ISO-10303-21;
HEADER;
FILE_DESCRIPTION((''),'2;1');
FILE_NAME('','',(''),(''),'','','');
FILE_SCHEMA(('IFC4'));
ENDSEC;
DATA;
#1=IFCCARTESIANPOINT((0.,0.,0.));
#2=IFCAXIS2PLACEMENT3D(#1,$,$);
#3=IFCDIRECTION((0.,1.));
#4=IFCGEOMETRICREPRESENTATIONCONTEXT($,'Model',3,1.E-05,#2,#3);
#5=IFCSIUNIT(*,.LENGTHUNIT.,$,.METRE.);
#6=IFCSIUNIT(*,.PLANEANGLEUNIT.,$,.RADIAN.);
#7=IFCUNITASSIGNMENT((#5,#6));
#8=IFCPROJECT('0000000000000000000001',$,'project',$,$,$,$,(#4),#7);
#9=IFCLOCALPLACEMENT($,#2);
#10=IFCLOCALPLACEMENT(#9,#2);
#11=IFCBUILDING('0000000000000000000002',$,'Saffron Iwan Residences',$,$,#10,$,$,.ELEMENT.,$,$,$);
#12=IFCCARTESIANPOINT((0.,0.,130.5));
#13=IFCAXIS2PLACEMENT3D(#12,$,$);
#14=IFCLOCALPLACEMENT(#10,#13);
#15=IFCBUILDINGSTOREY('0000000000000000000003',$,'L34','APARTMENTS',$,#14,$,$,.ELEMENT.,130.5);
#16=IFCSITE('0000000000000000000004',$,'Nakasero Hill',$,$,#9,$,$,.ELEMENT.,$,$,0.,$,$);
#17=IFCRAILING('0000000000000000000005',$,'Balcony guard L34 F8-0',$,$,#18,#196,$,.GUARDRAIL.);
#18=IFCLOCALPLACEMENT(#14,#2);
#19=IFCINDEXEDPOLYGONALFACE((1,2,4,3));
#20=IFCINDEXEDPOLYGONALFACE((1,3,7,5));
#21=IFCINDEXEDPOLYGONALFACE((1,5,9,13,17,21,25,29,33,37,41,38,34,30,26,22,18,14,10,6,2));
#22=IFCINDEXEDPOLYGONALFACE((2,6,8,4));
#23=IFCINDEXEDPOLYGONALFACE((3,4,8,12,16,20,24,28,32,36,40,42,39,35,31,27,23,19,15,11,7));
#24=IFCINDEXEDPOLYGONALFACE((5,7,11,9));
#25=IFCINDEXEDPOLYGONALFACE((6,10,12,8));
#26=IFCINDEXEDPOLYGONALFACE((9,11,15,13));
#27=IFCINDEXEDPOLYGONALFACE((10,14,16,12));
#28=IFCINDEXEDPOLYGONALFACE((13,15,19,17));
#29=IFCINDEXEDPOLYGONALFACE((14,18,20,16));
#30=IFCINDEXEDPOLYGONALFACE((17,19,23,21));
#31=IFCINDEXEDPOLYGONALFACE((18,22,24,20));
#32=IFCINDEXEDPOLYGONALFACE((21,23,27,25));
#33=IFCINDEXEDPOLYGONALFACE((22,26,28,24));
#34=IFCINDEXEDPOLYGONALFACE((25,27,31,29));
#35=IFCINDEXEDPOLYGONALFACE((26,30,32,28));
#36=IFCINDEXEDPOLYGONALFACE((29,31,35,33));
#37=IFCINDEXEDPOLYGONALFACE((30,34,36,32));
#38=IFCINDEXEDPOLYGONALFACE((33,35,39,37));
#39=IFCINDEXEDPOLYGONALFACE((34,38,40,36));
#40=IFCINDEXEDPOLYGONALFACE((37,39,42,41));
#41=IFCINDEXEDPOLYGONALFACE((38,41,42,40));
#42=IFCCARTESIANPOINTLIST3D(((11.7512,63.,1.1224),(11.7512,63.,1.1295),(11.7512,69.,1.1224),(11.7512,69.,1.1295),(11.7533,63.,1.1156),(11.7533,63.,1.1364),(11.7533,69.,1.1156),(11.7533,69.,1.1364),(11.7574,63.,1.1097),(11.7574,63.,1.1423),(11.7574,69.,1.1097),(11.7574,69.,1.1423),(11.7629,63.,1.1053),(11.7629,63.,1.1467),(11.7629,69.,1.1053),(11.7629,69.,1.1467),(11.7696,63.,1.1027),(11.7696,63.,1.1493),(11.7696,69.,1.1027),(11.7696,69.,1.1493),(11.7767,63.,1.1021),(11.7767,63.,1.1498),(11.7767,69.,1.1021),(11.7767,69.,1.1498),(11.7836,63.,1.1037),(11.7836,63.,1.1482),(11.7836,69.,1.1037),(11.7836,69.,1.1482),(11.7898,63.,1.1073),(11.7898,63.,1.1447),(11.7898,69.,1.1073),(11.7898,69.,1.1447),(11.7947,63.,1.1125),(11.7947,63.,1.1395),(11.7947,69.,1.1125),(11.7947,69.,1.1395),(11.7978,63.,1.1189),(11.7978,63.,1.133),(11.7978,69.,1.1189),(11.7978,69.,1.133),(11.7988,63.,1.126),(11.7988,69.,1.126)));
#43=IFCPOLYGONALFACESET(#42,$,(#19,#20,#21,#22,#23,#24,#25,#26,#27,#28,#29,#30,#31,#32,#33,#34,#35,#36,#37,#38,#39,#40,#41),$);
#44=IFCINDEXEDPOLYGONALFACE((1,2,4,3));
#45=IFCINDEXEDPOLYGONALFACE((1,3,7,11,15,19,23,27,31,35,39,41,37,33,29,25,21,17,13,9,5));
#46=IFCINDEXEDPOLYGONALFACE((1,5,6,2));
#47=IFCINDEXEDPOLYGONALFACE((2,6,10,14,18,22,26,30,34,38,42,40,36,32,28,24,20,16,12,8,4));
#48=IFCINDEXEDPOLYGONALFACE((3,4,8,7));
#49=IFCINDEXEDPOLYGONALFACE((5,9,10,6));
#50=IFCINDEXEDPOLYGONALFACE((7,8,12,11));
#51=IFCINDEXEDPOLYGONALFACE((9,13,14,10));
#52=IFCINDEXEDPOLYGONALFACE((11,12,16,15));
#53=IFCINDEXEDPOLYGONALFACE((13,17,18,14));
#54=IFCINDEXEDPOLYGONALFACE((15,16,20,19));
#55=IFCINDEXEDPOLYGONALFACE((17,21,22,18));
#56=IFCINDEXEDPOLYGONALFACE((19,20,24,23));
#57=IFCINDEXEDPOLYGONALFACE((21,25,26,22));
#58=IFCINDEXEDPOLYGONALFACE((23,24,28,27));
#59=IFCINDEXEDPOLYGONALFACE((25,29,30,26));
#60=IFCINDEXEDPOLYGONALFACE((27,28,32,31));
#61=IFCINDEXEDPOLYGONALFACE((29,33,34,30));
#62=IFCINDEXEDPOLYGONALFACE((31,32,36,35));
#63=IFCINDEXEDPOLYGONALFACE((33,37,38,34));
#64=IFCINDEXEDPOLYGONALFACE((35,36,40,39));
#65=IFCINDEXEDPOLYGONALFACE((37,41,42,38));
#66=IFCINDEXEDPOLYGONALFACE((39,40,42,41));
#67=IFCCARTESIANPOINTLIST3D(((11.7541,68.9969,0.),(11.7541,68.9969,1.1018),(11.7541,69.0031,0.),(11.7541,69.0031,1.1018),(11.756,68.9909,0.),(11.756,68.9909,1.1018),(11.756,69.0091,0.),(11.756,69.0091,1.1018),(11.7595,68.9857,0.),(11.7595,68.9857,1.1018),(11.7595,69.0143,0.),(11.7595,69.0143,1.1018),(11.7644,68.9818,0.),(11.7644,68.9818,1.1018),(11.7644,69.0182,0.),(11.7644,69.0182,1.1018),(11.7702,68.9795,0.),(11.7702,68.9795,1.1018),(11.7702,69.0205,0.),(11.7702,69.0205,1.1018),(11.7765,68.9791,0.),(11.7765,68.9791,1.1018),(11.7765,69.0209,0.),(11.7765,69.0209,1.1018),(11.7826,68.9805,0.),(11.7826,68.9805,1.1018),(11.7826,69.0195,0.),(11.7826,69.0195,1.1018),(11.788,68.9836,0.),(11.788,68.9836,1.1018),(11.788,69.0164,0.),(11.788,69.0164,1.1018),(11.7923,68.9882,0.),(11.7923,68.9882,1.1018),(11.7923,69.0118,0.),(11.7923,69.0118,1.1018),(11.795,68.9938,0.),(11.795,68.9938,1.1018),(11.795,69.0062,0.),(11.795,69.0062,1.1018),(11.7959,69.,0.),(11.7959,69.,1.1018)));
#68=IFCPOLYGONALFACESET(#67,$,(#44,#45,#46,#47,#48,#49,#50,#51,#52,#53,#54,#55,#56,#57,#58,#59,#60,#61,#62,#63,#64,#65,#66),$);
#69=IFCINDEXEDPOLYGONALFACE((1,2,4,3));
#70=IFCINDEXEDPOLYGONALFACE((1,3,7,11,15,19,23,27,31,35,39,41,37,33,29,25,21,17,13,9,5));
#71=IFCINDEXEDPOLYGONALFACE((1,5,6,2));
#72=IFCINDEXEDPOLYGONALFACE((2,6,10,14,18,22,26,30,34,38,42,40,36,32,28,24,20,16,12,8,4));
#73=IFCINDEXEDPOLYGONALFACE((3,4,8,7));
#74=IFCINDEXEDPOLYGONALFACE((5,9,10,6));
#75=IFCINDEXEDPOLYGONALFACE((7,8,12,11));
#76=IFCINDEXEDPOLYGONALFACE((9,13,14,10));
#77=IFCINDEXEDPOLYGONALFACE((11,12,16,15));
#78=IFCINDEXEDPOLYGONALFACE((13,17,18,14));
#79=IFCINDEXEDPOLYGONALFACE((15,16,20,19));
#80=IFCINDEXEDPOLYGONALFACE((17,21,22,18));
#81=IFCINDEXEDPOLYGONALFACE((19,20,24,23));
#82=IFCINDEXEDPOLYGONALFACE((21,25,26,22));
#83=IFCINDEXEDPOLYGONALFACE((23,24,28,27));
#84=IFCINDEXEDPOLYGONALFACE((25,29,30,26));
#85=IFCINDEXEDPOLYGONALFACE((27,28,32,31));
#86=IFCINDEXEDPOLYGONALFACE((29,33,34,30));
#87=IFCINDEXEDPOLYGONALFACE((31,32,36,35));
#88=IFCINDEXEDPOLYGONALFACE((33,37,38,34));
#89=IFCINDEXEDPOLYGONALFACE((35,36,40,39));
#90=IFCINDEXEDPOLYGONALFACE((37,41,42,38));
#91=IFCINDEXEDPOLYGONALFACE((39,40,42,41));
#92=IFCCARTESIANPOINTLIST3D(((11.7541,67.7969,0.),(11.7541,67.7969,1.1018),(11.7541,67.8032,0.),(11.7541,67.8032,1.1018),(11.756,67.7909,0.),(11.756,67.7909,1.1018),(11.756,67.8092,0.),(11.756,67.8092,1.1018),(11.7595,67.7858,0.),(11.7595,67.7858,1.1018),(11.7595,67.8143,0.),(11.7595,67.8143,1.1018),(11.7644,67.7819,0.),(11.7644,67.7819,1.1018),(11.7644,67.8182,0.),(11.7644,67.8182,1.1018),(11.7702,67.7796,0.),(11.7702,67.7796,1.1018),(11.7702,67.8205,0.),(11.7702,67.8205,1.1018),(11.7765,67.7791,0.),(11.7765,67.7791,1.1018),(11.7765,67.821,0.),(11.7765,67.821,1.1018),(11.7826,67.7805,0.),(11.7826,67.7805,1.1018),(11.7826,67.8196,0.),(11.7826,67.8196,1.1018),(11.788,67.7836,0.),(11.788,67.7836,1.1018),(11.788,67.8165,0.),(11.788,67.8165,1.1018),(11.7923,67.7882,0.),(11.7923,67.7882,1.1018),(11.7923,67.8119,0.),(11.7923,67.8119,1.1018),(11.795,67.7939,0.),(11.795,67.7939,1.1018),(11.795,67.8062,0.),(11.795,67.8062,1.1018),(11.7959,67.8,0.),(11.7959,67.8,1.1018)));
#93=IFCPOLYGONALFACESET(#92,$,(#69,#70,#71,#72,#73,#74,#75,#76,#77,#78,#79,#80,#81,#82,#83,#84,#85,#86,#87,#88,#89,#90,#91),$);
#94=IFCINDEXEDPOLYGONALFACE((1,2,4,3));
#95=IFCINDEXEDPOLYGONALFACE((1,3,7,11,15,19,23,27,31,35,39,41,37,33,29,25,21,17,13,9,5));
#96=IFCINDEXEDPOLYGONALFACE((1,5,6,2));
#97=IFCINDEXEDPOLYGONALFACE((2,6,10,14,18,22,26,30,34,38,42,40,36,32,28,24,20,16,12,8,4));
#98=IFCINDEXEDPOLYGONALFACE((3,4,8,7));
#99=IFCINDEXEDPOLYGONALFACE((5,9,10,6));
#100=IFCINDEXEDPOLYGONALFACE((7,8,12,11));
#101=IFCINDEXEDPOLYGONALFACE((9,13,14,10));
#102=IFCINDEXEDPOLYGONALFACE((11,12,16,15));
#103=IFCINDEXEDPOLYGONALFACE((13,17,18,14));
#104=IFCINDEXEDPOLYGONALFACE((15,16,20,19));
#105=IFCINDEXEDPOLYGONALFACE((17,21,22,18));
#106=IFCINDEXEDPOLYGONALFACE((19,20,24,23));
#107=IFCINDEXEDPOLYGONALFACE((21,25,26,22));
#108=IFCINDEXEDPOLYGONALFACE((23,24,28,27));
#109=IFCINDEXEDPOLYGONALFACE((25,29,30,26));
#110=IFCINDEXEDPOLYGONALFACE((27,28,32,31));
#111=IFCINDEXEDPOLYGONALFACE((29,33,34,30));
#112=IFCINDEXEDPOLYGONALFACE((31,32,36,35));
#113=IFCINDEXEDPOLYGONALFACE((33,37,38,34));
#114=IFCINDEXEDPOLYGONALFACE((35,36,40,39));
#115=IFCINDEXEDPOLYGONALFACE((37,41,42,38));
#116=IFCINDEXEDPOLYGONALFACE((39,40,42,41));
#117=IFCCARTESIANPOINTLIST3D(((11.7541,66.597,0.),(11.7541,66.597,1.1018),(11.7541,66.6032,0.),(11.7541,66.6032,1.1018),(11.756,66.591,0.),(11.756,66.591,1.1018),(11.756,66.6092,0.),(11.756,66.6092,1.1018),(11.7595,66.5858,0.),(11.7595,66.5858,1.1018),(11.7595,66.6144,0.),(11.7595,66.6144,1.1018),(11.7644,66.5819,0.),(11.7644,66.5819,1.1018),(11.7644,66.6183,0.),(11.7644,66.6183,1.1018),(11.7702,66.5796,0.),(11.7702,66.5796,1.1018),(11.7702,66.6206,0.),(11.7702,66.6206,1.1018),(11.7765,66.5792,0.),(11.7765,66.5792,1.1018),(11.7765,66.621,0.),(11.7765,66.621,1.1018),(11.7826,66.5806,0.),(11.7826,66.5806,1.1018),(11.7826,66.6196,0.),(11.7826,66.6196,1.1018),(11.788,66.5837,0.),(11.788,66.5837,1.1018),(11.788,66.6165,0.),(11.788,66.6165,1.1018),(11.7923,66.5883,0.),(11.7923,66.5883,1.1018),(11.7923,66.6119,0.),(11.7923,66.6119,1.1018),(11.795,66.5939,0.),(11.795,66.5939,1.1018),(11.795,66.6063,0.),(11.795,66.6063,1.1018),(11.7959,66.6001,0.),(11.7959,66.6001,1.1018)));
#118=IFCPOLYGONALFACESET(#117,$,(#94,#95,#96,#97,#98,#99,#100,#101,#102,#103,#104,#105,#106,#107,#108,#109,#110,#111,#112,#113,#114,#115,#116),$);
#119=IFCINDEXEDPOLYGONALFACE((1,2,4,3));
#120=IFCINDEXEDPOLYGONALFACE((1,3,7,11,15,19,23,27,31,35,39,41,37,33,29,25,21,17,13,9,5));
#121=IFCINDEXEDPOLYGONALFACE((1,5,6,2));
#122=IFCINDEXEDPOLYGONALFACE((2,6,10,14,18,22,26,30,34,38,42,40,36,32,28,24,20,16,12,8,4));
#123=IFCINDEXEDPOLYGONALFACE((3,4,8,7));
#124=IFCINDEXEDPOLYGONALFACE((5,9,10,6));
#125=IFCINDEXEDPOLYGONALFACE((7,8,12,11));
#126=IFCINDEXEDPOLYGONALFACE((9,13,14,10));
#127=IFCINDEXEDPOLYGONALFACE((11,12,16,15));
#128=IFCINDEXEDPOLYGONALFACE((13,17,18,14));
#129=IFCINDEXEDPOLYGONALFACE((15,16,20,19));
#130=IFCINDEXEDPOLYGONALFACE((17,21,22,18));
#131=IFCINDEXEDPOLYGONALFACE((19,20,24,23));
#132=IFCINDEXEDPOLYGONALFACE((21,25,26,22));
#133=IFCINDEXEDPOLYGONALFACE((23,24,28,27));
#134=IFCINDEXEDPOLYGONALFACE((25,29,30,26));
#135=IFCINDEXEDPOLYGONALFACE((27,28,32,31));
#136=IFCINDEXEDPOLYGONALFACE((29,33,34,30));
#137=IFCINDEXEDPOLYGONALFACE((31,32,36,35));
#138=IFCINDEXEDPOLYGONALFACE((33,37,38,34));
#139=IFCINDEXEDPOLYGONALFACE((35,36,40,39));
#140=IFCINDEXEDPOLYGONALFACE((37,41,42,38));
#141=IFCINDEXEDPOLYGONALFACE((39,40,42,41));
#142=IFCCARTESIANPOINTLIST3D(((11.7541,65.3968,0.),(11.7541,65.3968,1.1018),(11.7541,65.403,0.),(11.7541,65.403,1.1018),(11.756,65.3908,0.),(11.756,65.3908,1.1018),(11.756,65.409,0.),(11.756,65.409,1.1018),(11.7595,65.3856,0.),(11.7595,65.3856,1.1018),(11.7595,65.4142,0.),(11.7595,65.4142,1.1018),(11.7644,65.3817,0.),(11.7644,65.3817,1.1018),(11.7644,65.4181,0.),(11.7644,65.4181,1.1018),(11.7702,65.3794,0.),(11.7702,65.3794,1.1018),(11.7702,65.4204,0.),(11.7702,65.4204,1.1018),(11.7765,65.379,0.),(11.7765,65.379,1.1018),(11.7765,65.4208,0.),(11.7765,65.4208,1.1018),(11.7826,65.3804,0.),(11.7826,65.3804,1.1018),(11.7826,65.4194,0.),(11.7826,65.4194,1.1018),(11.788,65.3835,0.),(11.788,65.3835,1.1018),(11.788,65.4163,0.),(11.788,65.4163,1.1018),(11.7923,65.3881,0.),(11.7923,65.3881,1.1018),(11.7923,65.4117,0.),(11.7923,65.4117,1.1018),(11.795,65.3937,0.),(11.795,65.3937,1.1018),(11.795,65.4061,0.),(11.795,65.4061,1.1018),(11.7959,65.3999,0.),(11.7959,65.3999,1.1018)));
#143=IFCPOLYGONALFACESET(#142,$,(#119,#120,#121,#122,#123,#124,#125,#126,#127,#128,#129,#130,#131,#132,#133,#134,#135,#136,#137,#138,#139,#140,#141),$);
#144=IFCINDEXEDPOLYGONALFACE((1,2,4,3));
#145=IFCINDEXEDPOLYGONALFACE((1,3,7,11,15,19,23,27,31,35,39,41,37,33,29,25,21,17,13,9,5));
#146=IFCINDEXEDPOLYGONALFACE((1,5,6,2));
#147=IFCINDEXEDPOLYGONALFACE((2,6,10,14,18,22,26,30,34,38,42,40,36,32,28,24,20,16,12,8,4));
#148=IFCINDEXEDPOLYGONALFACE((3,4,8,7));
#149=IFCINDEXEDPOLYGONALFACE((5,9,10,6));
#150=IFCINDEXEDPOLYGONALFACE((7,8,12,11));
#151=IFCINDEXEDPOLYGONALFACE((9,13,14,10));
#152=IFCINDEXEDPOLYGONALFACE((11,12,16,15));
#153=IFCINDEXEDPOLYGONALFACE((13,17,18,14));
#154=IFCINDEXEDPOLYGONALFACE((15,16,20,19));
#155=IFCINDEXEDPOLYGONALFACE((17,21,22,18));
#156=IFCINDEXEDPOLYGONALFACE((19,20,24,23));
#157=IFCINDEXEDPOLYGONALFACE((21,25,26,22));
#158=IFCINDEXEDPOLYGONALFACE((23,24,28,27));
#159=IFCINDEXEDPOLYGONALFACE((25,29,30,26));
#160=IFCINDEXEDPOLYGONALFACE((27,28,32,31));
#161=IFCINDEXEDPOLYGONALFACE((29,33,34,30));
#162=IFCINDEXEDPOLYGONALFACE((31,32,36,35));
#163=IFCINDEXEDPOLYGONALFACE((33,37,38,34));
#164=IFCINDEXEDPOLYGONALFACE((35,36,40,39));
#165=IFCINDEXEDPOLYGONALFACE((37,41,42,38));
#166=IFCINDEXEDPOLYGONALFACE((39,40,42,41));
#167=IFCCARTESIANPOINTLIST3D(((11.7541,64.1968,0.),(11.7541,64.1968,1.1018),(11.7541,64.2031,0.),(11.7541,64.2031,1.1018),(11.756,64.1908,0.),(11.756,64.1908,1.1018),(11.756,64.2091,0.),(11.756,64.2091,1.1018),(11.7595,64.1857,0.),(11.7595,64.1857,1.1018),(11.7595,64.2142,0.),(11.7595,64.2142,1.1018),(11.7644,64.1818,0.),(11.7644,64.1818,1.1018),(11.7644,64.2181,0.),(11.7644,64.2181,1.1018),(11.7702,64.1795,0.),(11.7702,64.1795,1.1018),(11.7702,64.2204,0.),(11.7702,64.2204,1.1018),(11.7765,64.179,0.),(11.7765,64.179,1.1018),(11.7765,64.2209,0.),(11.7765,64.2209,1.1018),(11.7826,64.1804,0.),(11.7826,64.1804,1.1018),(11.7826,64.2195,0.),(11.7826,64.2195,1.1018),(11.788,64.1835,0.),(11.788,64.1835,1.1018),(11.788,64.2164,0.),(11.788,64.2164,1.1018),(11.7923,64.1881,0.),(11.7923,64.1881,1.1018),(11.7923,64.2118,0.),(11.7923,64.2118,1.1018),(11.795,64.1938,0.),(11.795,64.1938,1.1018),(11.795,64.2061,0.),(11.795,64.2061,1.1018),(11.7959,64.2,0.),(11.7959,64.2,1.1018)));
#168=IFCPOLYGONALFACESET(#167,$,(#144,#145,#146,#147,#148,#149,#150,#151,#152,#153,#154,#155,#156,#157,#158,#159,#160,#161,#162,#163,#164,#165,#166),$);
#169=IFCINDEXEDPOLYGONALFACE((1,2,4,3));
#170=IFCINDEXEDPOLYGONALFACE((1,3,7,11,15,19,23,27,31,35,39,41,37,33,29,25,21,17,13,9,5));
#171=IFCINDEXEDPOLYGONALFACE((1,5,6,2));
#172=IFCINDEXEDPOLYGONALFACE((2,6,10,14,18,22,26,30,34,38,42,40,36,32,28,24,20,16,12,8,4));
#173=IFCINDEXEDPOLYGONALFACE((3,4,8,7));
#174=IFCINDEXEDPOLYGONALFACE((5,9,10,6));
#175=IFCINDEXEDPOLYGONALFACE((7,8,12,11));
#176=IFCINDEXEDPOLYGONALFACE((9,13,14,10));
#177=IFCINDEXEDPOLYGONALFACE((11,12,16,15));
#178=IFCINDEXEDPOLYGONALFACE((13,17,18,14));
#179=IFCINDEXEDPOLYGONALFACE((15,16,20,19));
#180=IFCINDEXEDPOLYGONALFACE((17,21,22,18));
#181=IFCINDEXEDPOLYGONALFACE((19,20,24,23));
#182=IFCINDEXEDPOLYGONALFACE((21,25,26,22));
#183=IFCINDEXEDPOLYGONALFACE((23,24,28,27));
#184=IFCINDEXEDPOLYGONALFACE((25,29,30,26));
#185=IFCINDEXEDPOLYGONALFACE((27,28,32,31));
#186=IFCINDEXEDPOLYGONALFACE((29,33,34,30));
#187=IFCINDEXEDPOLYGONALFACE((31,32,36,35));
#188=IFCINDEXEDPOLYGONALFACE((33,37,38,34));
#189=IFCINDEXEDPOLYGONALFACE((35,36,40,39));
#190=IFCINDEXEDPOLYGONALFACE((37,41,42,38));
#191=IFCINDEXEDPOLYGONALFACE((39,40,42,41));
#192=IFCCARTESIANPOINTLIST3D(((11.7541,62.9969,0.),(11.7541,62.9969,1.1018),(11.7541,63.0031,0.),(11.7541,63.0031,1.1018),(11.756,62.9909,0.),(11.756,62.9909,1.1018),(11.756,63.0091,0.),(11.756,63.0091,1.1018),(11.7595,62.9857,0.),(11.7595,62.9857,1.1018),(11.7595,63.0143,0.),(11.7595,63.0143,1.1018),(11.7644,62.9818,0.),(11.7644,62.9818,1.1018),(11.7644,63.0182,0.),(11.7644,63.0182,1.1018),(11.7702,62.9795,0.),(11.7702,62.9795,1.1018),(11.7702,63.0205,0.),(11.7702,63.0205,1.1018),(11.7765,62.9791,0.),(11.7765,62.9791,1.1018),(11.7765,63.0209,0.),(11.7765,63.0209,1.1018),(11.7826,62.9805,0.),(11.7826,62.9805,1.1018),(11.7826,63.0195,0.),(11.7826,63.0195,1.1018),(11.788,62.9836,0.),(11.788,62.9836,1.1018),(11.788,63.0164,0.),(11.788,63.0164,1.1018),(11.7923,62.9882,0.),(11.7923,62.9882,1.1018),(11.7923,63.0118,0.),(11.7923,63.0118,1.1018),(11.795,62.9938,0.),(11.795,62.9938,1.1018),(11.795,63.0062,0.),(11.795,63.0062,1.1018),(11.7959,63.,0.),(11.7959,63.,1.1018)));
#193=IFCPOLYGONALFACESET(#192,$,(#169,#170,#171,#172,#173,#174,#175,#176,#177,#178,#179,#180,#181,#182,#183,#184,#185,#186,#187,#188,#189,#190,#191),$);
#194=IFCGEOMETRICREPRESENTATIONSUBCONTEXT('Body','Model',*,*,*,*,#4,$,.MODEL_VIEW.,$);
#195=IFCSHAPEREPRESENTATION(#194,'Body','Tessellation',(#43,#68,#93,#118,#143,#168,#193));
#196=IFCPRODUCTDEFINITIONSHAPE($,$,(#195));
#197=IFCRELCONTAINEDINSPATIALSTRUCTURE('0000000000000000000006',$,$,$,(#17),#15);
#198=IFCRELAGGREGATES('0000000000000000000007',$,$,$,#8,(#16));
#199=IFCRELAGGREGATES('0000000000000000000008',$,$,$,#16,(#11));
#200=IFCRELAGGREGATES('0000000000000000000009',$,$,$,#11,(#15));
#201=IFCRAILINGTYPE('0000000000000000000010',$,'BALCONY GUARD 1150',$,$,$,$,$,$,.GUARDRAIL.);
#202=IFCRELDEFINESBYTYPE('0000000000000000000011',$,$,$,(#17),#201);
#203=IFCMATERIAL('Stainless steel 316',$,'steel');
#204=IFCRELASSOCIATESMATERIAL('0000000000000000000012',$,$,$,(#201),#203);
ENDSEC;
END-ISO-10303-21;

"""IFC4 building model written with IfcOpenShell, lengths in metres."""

from ifc_helpers import new_model, si_unit, direction, frame, origin, origin_2d, place, context, subcontext, project, spatial, circle, extrude, material, type_object, element, save


model = new_model("IFC4")

# Units and contexts
model_context = context("Model", 3, precision=1e-05, world=origin(), true_north=direction((0.0, 1.0)))
body_context = subcontext(model_context, "Body", "Model", "MODEL_VIEW")
ifc_project = project(units=[si_unit("LENGTHUNIT", "METRE"), si_unit("PLANEANGLEUNIT", "RADIAN")], contexts=[model_context])

# Site, building, storey
site_placement = place(None, origin())
site = spatial("IfcSite", under=ifc_project, at=site_placement, Name="Nakasero Hill", CompositionType="ELEMENT", RefElevation=0.0)
building_placement = place(site_placement, origin())
building = spatial("IfcBuilding", under=site, at=building_placement, Name="Saffron Iwan Residences", CompositionType="ELEMENT")
storey_placement = place(building_placement, frame((0.0, 0.0, 130.5)))
storey = spatial("IfcBuildingStorey", under=building, at=storey_placement, Name="L34", Description="APARTMENTS", CompositionType="ELEMENT", Elevation=130.5)

# Railing
ifc_material_1 = material(Name="Stainless steel 316", Category="steel")
railing_type = type_object("IfcRailingType", Name="BALCONY GUARD 1150", PredefinedType="GUARDRAIL", material=ifc_material_1)
railing_placement = place(storey_placement, frame((11.7749, 69.0, 0.0)))
element("IfcRailing", 1, at=railing_placement, inside=storey, type_object=railing_type, Name="Balcony guard L34 F8-0", PredefinedType="GUARDRAIL", context=body_context, shape_type="SweptSolid", body=[
    extrude(circle(Radius=0.0239, at=origin_2d()), frame((0.0, 0.0, 1.126), z_axis=(0.0, -1.0, 0.0), x_axis=(1.0, 0.0, 0.0)), (0.0, 0.0, 1.0), 6.0),
    extrude(circle(Radius=0.021, at=origin_2d()), origin(), (0.0, 0.0, 1.0), 1.1018),
    extrude(circle(Radius=0.021, at=origin_2d()), frame((0.0, -1.2, 0.0)), (0.0, 0.0, 1.0), 1.1018),
    extrude(circle(Radius=0.021, at=origin_2d()), frame((0.0, -2.3999, 0.0)), (0.0, 0.0, 1.0), 1.1018),
    extrude(circle(Radius=0.021, at=origin_2d()), frame((0.0, -3.6001, 0.0)), (0.0, 0.0, 1.0), 1.1018),
    extrude(circle(Radius=0.021, at=origin_2d()), frame((0.0, -4.8, 0.0)), (0.0, 0.0, 1.0), 1.1018),
    extrude(circle(Radius=0.021, at=origin_2d()), frame((0.0, -6.0, 0.0)), (0.0, 0.0, 1.0), 1.1018),
])

save(model, "model.ifc")
